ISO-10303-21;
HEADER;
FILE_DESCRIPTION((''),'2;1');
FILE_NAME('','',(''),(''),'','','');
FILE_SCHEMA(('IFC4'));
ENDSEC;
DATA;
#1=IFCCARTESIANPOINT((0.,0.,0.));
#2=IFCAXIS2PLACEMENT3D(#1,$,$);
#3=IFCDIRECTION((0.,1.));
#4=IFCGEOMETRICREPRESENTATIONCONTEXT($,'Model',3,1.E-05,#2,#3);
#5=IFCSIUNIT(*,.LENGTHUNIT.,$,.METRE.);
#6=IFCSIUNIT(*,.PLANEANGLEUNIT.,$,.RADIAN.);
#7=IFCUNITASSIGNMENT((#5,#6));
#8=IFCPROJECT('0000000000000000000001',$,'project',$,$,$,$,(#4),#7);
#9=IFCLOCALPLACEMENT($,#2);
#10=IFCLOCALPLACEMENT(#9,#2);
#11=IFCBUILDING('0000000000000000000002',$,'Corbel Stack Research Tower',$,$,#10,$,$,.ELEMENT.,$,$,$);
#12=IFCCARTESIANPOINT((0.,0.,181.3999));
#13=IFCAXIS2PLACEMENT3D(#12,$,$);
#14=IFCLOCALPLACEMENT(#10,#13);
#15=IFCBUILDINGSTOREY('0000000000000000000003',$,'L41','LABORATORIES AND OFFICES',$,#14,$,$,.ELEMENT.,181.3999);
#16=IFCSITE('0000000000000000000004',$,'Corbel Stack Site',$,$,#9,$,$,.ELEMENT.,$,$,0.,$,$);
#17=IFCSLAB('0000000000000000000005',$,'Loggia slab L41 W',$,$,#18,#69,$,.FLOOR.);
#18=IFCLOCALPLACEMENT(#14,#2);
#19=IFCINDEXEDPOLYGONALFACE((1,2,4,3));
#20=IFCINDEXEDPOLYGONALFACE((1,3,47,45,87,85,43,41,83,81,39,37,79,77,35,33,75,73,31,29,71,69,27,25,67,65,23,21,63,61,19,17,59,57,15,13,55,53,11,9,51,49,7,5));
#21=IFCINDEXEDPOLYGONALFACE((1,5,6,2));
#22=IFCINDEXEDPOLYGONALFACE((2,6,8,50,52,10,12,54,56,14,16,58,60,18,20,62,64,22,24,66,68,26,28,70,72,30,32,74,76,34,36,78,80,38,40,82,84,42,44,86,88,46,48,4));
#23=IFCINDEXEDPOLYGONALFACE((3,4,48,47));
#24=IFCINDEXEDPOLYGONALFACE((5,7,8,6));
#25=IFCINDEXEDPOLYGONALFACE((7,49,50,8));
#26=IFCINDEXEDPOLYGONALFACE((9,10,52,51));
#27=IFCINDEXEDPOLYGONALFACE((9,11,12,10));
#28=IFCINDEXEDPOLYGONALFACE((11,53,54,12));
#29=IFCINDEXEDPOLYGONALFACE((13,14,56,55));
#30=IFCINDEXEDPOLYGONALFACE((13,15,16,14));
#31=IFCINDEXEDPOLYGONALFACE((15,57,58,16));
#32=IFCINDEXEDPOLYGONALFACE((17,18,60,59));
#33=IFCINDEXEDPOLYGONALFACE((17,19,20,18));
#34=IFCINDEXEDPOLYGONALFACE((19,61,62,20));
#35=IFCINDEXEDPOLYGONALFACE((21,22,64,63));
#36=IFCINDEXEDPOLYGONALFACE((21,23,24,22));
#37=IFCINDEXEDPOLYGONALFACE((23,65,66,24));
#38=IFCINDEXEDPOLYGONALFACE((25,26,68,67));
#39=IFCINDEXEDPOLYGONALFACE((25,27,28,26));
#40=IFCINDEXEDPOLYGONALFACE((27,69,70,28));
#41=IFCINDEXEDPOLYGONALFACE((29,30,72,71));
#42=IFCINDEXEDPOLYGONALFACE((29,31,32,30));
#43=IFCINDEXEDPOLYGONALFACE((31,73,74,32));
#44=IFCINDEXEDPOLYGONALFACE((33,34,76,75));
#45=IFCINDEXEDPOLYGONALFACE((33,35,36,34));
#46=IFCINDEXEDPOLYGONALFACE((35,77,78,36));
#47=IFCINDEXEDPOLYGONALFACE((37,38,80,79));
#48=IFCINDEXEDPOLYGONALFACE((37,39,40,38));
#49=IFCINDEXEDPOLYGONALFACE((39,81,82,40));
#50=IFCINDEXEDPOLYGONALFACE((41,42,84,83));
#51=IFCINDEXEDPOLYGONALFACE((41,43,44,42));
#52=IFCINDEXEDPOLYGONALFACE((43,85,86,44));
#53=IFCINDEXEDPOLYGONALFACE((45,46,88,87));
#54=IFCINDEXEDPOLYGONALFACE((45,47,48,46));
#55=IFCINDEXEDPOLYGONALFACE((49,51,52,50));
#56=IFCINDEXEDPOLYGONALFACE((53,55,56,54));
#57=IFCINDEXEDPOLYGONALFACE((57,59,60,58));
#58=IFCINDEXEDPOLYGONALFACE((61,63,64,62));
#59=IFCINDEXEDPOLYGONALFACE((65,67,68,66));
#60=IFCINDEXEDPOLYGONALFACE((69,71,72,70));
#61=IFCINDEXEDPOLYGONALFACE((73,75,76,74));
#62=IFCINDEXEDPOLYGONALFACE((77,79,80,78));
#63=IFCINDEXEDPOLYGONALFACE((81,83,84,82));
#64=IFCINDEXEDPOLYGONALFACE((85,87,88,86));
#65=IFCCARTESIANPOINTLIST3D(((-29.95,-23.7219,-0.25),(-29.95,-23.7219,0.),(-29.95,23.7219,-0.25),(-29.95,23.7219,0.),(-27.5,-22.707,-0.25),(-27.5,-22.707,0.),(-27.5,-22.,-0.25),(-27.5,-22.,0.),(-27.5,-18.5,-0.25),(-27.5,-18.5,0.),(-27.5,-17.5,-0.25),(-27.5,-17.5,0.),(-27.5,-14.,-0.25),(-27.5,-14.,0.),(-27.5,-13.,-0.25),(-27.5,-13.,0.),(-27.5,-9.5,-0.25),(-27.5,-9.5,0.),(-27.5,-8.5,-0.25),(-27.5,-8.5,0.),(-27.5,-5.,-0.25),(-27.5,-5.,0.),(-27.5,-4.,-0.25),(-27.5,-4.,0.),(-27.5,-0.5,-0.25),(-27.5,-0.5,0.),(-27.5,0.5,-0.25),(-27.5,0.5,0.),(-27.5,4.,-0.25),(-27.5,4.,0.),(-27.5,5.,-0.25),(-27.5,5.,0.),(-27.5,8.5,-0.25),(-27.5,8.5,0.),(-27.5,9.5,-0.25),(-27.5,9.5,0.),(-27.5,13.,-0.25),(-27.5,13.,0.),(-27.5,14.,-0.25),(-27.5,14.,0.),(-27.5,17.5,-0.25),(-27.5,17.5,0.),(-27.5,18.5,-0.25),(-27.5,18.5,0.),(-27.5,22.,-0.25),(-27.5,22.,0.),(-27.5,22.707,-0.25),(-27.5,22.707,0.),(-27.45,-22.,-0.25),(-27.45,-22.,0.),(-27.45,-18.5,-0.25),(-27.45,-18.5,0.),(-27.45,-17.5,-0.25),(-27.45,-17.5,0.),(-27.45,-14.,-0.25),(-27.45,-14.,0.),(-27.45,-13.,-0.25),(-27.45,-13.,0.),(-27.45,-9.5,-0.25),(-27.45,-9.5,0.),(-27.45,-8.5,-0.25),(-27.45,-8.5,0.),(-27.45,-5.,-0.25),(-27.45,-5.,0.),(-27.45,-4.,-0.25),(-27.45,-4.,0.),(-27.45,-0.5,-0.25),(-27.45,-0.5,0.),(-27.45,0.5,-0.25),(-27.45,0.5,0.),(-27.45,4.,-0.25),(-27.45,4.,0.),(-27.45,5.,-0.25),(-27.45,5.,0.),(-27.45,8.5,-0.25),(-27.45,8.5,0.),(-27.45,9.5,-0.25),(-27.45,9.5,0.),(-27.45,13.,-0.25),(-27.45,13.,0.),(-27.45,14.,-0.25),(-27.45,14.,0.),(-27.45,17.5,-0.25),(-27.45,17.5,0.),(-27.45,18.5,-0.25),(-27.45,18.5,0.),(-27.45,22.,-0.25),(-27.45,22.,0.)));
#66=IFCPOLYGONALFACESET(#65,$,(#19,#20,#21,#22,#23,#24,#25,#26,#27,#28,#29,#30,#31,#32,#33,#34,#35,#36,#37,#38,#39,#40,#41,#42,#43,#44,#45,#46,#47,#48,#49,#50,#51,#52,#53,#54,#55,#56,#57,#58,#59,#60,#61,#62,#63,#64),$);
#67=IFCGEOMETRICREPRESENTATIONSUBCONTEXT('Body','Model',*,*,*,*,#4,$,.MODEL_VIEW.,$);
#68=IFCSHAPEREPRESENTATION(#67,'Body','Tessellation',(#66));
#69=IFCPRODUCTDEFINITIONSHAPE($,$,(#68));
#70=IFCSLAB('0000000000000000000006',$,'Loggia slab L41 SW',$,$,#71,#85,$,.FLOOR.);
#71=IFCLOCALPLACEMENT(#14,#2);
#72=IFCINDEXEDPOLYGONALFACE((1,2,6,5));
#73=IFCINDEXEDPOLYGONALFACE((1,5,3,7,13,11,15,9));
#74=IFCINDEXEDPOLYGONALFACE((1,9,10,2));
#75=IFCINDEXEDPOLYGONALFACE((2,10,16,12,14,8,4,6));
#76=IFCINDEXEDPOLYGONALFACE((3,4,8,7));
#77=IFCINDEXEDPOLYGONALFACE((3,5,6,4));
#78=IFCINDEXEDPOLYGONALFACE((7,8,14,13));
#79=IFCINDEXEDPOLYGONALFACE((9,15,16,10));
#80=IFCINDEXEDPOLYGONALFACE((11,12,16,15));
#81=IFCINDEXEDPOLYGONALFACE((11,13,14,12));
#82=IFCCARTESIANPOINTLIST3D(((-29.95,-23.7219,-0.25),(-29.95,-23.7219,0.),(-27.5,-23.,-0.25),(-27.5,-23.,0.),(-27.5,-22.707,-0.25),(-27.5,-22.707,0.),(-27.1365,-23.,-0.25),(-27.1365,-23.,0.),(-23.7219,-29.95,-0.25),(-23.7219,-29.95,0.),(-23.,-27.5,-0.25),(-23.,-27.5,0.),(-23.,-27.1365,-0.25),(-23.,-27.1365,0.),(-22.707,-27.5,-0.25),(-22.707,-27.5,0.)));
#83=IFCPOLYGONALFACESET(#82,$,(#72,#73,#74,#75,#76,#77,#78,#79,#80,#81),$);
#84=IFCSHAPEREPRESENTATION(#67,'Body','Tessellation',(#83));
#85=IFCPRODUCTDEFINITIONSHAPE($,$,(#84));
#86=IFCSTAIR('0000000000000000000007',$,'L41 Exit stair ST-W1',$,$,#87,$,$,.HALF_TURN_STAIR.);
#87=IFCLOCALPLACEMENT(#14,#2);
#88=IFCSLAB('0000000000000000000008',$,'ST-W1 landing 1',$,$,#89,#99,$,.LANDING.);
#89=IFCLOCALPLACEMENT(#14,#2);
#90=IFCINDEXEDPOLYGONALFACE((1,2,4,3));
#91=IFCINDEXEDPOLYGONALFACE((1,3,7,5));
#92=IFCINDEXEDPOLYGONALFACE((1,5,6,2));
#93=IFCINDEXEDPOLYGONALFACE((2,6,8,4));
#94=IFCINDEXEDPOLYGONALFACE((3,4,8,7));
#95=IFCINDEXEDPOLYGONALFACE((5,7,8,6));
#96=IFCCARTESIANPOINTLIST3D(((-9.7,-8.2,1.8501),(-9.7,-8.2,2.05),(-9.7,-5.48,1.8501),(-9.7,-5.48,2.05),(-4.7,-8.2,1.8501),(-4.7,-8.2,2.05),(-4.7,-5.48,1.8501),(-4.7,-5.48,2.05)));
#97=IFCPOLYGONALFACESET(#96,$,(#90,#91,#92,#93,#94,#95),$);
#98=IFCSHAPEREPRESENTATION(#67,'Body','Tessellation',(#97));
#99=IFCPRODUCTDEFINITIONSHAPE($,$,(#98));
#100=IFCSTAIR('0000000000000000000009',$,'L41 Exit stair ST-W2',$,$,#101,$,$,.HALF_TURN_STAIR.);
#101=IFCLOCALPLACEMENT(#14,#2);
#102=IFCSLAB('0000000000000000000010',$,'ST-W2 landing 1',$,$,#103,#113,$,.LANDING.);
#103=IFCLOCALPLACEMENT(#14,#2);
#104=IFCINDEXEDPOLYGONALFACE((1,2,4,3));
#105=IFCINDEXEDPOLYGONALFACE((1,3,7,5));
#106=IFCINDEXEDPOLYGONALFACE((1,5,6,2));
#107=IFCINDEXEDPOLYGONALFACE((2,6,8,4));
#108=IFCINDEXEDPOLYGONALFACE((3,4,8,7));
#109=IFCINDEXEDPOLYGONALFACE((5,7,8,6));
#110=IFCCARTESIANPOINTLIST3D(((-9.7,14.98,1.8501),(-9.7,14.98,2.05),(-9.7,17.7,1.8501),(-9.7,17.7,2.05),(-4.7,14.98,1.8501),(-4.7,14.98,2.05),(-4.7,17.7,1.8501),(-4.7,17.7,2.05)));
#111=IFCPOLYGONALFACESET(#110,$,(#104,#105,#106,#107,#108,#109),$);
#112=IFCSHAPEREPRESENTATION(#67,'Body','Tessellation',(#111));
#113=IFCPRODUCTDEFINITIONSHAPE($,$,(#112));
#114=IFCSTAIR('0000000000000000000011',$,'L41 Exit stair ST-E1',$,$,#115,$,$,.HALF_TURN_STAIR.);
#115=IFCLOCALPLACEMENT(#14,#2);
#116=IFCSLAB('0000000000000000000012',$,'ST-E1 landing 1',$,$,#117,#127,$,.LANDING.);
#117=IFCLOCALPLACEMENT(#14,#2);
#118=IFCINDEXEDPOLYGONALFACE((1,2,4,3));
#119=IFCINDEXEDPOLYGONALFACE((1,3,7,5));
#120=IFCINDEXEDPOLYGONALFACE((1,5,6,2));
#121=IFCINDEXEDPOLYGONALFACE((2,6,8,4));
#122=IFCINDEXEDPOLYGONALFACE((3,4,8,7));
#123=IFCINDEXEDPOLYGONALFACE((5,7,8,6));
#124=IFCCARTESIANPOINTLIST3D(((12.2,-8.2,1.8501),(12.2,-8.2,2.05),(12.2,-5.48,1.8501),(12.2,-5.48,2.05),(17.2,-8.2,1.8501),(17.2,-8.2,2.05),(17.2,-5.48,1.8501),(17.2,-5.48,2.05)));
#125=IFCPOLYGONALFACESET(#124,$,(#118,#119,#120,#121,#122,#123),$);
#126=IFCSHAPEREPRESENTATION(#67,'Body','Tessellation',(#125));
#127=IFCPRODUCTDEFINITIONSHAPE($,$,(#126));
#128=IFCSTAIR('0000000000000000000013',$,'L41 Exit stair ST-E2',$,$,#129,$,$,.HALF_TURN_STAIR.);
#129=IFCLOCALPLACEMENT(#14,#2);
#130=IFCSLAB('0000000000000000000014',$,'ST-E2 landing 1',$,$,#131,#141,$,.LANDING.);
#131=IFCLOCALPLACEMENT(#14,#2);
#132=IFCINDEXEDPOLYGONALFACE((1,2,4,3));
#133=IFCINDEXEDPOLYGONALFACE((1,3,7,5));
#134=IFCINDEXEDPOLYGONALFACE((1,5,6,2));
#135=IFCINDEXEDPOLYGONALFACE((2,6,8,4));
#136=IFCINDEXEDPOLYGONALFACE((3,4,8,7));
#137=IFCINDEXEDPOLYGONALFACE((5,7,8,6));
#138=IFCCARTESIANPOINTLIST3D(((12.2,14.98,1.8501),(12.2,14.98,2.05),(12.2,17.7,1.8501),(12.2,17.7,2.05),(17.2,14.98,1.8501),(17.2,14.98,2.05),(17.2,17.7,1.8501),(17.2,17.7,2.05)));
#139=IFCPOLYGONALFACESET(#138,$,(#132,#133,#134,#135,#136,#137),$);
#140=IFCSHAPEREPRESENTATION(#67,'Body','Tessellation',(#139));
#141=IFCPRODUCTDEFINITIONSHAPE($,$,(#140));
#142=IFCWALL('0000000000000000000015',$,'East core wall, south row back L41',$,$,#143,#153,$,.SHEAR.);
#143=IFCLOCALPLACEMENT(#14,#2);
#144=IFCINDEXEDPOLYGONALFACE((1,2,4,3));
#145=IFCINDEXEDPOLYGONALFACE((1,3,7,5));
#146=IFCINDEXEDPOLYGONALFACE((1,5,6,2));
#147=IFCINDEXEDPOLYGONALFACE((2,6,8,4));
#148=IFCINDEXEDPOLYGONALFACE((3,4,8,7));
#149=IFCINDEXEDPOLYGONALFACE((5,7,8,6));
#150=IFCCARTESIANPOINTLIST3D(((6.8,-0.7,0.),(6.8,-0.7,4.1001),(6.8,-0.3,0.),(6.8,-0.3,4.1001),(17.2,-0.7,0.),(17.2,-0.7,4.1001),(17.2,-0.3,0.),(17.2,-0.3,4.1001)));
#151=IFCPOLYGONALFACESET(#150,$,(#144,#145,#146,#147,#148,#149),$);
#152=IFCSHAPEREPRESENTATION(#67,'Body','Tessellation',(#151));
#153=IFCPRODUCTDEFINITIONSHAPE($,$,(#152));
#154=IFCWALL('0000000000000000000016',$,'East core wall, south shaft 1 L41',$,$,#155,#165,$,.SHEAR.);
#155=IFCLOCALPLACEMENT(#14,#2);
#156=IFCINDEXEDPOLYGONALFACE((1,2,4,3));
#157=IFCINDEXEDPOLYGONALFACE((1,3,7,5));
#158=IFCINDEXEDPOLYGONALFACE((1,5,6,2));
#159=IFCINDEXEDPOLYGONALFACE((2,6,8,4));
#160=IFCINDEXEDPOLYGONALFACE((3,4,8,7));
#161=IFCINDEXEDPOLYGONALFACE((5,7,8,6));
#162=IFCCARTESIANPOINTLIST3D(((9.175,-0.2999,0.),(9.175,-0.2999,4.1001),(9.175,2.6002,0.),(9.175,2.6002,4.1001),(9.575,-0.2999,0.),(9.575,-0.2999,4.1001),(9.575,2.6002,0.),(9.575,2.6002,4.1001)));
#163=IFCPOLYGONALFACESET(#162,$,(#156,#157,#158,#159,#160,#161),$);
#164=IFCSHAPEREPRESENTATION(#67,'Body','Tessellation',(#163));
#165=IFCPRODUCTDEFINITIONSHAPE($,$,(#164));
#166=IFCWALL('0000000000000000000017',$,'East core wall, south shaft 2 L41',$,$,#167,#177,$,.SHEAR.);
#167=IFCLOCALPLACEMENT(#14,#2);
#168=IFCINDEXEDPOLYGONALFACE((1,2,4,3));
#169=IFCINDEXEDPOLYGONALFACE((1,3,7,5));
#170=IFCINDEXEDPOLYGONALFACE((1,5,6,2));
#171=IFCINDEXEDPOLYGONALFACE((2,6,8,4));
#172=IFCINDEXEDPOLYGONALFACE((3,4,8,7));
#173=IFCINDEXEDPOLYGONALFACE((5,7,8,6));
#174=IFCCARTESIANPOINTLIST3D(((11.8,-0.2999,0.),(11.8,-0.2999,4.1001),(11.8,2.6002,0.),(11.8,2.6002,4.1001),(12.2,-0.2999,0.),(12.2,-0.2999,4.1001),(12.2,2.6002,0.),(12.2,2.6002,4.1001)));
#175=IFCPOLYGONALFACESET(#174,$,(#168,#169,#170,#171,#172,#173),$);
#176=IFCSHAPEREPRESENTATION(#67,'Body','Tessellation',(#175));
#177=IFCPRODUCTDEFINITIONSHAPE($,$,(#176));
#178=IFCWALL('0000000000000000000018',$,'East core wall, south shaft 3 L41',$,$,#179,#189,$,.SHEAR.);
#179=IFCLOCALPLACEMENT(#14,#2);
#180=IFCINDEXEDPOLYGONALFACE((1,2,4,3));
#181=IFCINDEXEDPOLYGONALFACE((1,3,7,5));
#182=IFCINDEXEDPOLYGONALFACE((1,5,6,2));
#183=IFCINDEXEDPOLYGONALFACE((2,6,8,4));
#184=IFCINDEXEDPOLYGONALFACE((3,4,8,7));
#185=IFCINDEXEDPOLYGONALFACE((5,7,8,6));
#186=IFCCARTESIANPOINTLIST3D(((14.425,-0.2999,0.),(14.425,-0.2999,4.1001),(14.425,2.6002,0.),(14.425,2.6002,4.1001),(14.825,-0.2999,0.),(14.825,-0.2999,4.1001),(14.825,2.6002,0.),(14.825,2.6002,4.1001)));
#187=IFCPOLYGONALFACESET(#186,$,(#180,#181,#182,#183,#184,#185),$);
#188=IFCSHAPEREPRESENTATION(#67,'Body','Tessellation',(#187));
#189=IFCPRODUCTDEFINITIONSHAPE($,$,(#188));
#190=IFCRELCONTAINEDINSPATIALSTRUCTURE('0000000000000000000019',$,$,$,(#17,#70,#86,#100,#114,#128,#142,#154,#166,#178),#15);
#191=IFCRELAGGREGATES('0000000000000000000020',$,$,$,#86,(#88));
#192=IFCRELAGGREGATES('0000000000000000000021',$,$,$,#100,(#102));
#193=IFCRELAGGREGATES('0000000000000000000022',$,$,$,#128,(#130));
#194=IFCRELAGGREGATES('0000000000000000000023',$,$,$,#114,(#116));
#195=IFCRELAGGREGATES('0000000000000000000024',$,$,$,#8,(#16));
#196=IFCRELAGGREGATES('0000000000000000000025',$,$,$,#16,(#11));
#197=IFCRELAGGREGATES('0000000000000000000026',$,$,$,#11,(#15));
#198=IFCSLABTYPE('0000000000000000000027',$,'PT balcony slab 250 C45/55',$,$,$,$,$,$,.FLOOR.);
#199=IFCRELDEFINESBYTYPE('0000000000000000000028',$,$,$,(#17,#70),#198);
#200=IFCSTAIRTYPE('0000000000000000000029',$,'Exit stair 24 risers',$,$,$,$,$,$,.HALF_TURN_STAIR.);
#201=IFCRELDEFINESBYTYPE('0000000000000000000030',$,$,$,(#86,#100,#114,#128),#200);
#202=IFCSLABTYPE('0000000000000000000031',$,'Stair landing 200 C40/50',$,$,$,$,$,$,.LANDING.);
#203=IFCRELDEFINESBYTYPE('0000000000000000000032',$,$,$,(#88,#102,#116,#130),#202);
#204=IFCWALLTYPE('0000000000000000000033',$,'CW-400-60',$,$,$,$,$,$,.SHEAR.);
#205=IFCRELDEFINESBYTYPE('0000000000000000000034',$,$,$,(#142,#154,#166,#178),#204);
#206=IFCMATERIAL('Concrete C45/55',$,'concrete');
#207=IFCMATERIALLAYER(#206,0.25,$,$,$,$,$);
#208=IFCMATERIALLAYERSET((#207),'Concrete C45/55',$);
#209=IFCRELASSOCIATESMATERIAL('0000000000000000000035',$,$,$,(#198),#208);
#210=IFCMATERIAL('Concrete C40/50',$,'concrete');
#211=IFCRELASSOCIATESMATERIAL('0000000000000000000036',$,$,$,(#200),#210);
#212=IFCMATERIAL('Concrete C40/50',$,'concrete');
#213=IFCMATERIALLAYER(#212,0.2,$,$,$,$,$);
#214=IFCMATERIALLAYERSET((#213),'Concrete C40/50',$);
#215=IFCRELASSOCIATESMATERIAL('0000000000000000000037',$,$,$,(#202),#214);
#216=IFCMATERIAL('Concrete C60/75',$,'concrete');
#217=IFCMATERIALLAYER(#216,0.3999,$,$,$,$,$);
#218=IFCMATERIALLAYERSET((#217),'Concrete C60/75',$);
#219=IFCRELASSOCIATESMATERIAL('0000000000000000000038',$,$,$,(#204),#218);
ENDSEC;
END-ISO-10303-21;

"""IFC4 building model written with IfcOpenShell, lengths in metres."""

from ifc_helpers import new_model, si_unit, direction, frame, frame_2d, origin, place, context, subcontext, project, spatial, polyline, rectangle, outline, extrude, material, layer, layer_set, type_object, element, aggregate, save


model = new_model("IFC4")

# Units and contexts
model_context = context("Model", 3, precision=1e-05, world=origin(), true_north=direction((0.0, 1.0)))
body_context = subcontext(model_context, "Body", "Model", "MODEL_VIEW")
ifc_project = project(units=[si_unit("LENGTHUNIT", "METRE"), si_unit("PLANEANGLEUNIT", "RADIAN")], contexts=[model_context])

# Site, building, storey
site_placement = place(None, origin())
site = spatial("IfcSite", under=ifc_project, at=site_placement, Name="Corbel Stack Site", CompositionType="ELEMENT", RefElevation=0.0)
building_placement = place(site_placement, origin())
building = spatial("IfcBuilding", under=site, at=building_placement, Name="Corbel Stack Research Tower", CompositionType="ELEMENT")
storey_placement = place(building_placement, frame((0.0, 0.0, 181.3999)))
storey = spatial("IfcBuildingStorey", under=building, at=storey_placement, Name="L41", Description="LABORATORIES AND OFFICES", CompositionType="ELEMENT", Elevation=181.3999)

# Slabs
ifc_material_1 = material(Name="Concrete C45/55", Category="concrete")
ifc_layer_1 = layer(ifc_material_1, 0.25)
ifc_layer_set_1 = layer_set([ifc_layer_1], Name="Concrete C45/55")
slab_type_1 = type_object("IfcSlabType", Name="PT balcony slab 250 C45/55", PredefinedType="FLOOR", material=ifc_layer_set_1)
slab_1_placement = place(storey_placement, frame((0.0, 0.0, -0.25)))
element("IfcSlab", 1, at=slab_1_placement, inside=storey, type_object=slab_type_1, Name="Loggia slab L41 W", PredefinedType="FLOOR", context=body_context, shape_type="SweptSolid", body=[
    extrude(outline(polyline([(-27.5, -22.707), (-27.5, -22.0), (-27.45, -22.0), (-27.45, -18.5), (-27.5, -18.5), (-27.5, -17.5), (-27.45, -17.5), (-27.45, -14.0), (-27.5, -14.0), (-27.5, -13.0), (-27.45, -13.0), (-27.45, -9.5), (-27.5, -9.5), (-27.5, -8.5), (-27.45, -8.5), (-27.45, -5.0), (-27.5, -5.0), (-27.5, -4.0), (-27.45, -4.0), (-27.45, -0.5), (-27.5, -0.5), (-27.5, 0.5), (-27.45, 0.5), (-27.45, 4.0), (-27.5, 4.0), (-27.5, 5.0), (-27.45, 5.0), (-27.45, 8.5), (-27.5, 8.5), (-27.5, 9.5), (-27.45, 9.5), (-27.45, 13.0), (-27.5, 13.0), (-27.5, 14.0), (-27.45, 14.0), (-27.45, 17.5), (-27.5, 17.5), (-27.5, 18.5), (-27.45, 18.5), (-27.45, 22.0), (-27.5, 22.0), (-27.5, 22.707), (-29.95, 23.7219), (-29.95, -23.7219), (-27.5, -22.707)])), origin(), (0.0, 0.0, 1.0), 0.25),
])
slab_2_placement = place(storey_placement, frame((0.0, 0.0, -0.25)))
element("IfcSlab", 2, at=slab_2_placement, inside=storey, type_object=slab_type_1, Name="Loggia slab L41 SW", PredefinedType="FLOOR", context=body_context, shape_type="SweptSolid", body=[
    extrude(outline(polyline([(-22.707, -27.5), (-23.0, -27.5), (-23.0, -27.1365), (-27.1365, -23.0), (-27.5, -23.0), (-27.5, -22.707), (-29.95, -23.7219), (-23.7219, -29.95), (-22.707, -27.5)])), origin(), (0.0, 0.0, 1.0), 0.25),
])

# Stairs, slabs
ifc_material_2 = material(Name="Concrete C40/50", Category="concrete")
stair_type = type_object("IfcStairType", Name="Exit stair 24 risers", PredefinedType="HALF_TURN_STAIR", material=ifc_material_2)
stair_1_placement = place(storey_placement, origin())
stair_1 = element("IfcStair", 3, at=stair_1_placement, inside=storey, type_object=stair_type, Name="L41 Exit stair ST-W1", PredefinedType="HALF_TURN_STAIR")
ifc_material_3 = material(Name="Concrete C40/50", Category="concrete")
ifc_layer_2 = layer(ifc_material_3, 0.2)
ifc_layer_set_2 = layer_set([ifc_layer_2], Name="Concrete C40/50")
slab_type_2 = type_object("IfcSlabType", Name="Stair landing 200 C40/50", PredefinedType="LANDING", material=ifc_layer_set_2)
slab_3_placement = place(storey_placement, frame((0.0, 0.0, 1.8501)))
slab_3 = element("IfcSlab", 4, at=slab_3_placement, type_object=slab_type_2, Name="ST-W1 landing 1", PredefinedType="LANDING", context=body_context, shape_type="SweptSolid", body=[
    extrude(outline(polyline([(-9.7, -8.2), (-9.7, -5.48), (-4.7, -5.48), (-4.7, -8.2), (-9.7, -8.2)])), origin(), (0.0, 0.0, 1.0), 0.2),
])
aggregate(stair_1, [slab_3])
stair_2_placement = place(storey_placement, origin())
stair_2 = element("IfcStair", 5, at=stair_2_placement, inside=storey, type_object=stair_type, Name="L41 Exit stair ST-W2", PredefinedType="HALF_TURN_STAIR")
slab_4_placement = place(storey_placement, frame((0.0, 0.0, 1.8501)))
slab_4 = element("IfcSlab", 6, at=slab_4_placement, type_object=slab_type_2, Name="ST-W2 landing 1", PredefinedType="LANDING", context=body_context, shape_type="SweptSolid", body=[
    extrude(outline(polyline([(-9.7, 14.98), (-9.7, 17.7), (-4.7, 17.7), (-4.7, 14.98), (-9.7, 14.98)])), origin(), (0.0, 0.0, 1.0), 0.2),
])
aggregate(stair_2, [slab_4])
stair_3_placement = place(storey_placement, origin())
stair_3 = element("IfcStair", 7, at=stair_3_placement, inside=storey, type_object=stair_type, Name="L41 Exit stair ST-E1", PredefinedType="HALF_TURN_STAIR")
slab_5_placement = place(storey_placement, frame((0.0, 0.0, 1.8501)))
slab_5 = element("IfcSlab", 8, at=slab_5_placement, type_object=slab_type_2, Name="ST-E1 landing 1", PredefinedType="LANDING", context=body_context, shape_type="SweptSolid", body=[
    extrude(outline(polyline([(12.2, -8.2), (12.2, -5.48), (17.2, -5.48), (17.2, -8.2), (12.2, -8.2)])), origin(), (0.0, 0.0, 1.0), 0.2),
])
stair_4_placement = place(storey_placement, origin())
stair_4 = element("IfcStair", 9, at=stair_4_placement, inside=storey, type_object=stair_type, Name="L41 Exit stair ST-E2", PredefinedType="HALF_TURN_STAIR")
slab_6_placement = place(storey_placement, frame((0.0, 0.0, 1.8501)))
slab_6 = element("IfcSlab", 10, at=slab_6_placement, type_object=slab_type_2, Name="ST-E2 landing 1", PredefinedType="LANDING", context=body_context, shape_type="SweptSolid", body=[
    extrude(outline(polyline([(12.2, 14.98), (12.2, 17.7), (17.2, 17.7), (17.2, 14.98), (12.2, 14.98)])), origin(), (0.0, 0.0, 1.0), 0.2),
])
aggregate(stair_4, [slab_6])

# Walls
ifc_material_4 = material(Name="Concrete C60/75", Category="concrete")
ifc_layer_3 = layer(ifc_material_4, 0.3999)
ifc_layer_set_3 = layer_set([ifc_layer_3], Name="Concrete C60/75")
wall_type_1 = type_object("IfcWallType", Name="CW-400-60", PredefinedType="SHEAR", material=ifc_layer_set_3)
wall_1_placement = place(storey_placement, frame((6.8, -0.5, 0.0), z_axis=(0.0, 0.0, 1.0), x_axis=(1.0, 0.0, 0.0)))
element("IfcWall", 11, at=wall_1_placement, inside=storey, type_object=wall_type_1, Name="East core wall, south row back L41", PredefinedType="SHEAR", context=body_context, shape_type="SweptSolid", body=[
    extrude(rectangle(XDim=10.3999, YDim=0.3999, at=frame_2d((5.2, 0.0))), origin(), (0.0, 0.0, 1.0), 4.1001),
])
for number, where, z_axis, x_axis, name in (
    (12, (9.375, -0.3, 0.0), (0.0, 0.0, 1.0), (0.0, 1.0, 0.0), "East core wall, south shaft 1 L41"),
    (13, (12.0, -0.3, 0.0), (0.0, 0.0, 1.0), (0.0, 1.0, 0.0), "East core wall, south shaft 2 L41"),
    (14, (14.625, -0.3, 0.0), (0.0, 0.0, 1.0), (0.0, 1.0, 0.0), "East core wall, south shaft 3 L41"),
):
    element("IfcWall", number, at=place(storey_placement, frame(where, z_axis=z_axis, x_axis=x_axis)), inside=storey, type_object=wall_type_1, Name=name, PredefinedType="SHEAR", context=body_context, shape_type="SweptSolid", body=[
        extrude(rectangle(XDim=2.9001, YDim=0.3999, at=frame_2d((1.4502, 0.0))), origin(), (0.0, 0.0, 1.0), 4.1001),
    ])

aggregate(stair_3, [slab_5])

save(model, "model.ifc")
